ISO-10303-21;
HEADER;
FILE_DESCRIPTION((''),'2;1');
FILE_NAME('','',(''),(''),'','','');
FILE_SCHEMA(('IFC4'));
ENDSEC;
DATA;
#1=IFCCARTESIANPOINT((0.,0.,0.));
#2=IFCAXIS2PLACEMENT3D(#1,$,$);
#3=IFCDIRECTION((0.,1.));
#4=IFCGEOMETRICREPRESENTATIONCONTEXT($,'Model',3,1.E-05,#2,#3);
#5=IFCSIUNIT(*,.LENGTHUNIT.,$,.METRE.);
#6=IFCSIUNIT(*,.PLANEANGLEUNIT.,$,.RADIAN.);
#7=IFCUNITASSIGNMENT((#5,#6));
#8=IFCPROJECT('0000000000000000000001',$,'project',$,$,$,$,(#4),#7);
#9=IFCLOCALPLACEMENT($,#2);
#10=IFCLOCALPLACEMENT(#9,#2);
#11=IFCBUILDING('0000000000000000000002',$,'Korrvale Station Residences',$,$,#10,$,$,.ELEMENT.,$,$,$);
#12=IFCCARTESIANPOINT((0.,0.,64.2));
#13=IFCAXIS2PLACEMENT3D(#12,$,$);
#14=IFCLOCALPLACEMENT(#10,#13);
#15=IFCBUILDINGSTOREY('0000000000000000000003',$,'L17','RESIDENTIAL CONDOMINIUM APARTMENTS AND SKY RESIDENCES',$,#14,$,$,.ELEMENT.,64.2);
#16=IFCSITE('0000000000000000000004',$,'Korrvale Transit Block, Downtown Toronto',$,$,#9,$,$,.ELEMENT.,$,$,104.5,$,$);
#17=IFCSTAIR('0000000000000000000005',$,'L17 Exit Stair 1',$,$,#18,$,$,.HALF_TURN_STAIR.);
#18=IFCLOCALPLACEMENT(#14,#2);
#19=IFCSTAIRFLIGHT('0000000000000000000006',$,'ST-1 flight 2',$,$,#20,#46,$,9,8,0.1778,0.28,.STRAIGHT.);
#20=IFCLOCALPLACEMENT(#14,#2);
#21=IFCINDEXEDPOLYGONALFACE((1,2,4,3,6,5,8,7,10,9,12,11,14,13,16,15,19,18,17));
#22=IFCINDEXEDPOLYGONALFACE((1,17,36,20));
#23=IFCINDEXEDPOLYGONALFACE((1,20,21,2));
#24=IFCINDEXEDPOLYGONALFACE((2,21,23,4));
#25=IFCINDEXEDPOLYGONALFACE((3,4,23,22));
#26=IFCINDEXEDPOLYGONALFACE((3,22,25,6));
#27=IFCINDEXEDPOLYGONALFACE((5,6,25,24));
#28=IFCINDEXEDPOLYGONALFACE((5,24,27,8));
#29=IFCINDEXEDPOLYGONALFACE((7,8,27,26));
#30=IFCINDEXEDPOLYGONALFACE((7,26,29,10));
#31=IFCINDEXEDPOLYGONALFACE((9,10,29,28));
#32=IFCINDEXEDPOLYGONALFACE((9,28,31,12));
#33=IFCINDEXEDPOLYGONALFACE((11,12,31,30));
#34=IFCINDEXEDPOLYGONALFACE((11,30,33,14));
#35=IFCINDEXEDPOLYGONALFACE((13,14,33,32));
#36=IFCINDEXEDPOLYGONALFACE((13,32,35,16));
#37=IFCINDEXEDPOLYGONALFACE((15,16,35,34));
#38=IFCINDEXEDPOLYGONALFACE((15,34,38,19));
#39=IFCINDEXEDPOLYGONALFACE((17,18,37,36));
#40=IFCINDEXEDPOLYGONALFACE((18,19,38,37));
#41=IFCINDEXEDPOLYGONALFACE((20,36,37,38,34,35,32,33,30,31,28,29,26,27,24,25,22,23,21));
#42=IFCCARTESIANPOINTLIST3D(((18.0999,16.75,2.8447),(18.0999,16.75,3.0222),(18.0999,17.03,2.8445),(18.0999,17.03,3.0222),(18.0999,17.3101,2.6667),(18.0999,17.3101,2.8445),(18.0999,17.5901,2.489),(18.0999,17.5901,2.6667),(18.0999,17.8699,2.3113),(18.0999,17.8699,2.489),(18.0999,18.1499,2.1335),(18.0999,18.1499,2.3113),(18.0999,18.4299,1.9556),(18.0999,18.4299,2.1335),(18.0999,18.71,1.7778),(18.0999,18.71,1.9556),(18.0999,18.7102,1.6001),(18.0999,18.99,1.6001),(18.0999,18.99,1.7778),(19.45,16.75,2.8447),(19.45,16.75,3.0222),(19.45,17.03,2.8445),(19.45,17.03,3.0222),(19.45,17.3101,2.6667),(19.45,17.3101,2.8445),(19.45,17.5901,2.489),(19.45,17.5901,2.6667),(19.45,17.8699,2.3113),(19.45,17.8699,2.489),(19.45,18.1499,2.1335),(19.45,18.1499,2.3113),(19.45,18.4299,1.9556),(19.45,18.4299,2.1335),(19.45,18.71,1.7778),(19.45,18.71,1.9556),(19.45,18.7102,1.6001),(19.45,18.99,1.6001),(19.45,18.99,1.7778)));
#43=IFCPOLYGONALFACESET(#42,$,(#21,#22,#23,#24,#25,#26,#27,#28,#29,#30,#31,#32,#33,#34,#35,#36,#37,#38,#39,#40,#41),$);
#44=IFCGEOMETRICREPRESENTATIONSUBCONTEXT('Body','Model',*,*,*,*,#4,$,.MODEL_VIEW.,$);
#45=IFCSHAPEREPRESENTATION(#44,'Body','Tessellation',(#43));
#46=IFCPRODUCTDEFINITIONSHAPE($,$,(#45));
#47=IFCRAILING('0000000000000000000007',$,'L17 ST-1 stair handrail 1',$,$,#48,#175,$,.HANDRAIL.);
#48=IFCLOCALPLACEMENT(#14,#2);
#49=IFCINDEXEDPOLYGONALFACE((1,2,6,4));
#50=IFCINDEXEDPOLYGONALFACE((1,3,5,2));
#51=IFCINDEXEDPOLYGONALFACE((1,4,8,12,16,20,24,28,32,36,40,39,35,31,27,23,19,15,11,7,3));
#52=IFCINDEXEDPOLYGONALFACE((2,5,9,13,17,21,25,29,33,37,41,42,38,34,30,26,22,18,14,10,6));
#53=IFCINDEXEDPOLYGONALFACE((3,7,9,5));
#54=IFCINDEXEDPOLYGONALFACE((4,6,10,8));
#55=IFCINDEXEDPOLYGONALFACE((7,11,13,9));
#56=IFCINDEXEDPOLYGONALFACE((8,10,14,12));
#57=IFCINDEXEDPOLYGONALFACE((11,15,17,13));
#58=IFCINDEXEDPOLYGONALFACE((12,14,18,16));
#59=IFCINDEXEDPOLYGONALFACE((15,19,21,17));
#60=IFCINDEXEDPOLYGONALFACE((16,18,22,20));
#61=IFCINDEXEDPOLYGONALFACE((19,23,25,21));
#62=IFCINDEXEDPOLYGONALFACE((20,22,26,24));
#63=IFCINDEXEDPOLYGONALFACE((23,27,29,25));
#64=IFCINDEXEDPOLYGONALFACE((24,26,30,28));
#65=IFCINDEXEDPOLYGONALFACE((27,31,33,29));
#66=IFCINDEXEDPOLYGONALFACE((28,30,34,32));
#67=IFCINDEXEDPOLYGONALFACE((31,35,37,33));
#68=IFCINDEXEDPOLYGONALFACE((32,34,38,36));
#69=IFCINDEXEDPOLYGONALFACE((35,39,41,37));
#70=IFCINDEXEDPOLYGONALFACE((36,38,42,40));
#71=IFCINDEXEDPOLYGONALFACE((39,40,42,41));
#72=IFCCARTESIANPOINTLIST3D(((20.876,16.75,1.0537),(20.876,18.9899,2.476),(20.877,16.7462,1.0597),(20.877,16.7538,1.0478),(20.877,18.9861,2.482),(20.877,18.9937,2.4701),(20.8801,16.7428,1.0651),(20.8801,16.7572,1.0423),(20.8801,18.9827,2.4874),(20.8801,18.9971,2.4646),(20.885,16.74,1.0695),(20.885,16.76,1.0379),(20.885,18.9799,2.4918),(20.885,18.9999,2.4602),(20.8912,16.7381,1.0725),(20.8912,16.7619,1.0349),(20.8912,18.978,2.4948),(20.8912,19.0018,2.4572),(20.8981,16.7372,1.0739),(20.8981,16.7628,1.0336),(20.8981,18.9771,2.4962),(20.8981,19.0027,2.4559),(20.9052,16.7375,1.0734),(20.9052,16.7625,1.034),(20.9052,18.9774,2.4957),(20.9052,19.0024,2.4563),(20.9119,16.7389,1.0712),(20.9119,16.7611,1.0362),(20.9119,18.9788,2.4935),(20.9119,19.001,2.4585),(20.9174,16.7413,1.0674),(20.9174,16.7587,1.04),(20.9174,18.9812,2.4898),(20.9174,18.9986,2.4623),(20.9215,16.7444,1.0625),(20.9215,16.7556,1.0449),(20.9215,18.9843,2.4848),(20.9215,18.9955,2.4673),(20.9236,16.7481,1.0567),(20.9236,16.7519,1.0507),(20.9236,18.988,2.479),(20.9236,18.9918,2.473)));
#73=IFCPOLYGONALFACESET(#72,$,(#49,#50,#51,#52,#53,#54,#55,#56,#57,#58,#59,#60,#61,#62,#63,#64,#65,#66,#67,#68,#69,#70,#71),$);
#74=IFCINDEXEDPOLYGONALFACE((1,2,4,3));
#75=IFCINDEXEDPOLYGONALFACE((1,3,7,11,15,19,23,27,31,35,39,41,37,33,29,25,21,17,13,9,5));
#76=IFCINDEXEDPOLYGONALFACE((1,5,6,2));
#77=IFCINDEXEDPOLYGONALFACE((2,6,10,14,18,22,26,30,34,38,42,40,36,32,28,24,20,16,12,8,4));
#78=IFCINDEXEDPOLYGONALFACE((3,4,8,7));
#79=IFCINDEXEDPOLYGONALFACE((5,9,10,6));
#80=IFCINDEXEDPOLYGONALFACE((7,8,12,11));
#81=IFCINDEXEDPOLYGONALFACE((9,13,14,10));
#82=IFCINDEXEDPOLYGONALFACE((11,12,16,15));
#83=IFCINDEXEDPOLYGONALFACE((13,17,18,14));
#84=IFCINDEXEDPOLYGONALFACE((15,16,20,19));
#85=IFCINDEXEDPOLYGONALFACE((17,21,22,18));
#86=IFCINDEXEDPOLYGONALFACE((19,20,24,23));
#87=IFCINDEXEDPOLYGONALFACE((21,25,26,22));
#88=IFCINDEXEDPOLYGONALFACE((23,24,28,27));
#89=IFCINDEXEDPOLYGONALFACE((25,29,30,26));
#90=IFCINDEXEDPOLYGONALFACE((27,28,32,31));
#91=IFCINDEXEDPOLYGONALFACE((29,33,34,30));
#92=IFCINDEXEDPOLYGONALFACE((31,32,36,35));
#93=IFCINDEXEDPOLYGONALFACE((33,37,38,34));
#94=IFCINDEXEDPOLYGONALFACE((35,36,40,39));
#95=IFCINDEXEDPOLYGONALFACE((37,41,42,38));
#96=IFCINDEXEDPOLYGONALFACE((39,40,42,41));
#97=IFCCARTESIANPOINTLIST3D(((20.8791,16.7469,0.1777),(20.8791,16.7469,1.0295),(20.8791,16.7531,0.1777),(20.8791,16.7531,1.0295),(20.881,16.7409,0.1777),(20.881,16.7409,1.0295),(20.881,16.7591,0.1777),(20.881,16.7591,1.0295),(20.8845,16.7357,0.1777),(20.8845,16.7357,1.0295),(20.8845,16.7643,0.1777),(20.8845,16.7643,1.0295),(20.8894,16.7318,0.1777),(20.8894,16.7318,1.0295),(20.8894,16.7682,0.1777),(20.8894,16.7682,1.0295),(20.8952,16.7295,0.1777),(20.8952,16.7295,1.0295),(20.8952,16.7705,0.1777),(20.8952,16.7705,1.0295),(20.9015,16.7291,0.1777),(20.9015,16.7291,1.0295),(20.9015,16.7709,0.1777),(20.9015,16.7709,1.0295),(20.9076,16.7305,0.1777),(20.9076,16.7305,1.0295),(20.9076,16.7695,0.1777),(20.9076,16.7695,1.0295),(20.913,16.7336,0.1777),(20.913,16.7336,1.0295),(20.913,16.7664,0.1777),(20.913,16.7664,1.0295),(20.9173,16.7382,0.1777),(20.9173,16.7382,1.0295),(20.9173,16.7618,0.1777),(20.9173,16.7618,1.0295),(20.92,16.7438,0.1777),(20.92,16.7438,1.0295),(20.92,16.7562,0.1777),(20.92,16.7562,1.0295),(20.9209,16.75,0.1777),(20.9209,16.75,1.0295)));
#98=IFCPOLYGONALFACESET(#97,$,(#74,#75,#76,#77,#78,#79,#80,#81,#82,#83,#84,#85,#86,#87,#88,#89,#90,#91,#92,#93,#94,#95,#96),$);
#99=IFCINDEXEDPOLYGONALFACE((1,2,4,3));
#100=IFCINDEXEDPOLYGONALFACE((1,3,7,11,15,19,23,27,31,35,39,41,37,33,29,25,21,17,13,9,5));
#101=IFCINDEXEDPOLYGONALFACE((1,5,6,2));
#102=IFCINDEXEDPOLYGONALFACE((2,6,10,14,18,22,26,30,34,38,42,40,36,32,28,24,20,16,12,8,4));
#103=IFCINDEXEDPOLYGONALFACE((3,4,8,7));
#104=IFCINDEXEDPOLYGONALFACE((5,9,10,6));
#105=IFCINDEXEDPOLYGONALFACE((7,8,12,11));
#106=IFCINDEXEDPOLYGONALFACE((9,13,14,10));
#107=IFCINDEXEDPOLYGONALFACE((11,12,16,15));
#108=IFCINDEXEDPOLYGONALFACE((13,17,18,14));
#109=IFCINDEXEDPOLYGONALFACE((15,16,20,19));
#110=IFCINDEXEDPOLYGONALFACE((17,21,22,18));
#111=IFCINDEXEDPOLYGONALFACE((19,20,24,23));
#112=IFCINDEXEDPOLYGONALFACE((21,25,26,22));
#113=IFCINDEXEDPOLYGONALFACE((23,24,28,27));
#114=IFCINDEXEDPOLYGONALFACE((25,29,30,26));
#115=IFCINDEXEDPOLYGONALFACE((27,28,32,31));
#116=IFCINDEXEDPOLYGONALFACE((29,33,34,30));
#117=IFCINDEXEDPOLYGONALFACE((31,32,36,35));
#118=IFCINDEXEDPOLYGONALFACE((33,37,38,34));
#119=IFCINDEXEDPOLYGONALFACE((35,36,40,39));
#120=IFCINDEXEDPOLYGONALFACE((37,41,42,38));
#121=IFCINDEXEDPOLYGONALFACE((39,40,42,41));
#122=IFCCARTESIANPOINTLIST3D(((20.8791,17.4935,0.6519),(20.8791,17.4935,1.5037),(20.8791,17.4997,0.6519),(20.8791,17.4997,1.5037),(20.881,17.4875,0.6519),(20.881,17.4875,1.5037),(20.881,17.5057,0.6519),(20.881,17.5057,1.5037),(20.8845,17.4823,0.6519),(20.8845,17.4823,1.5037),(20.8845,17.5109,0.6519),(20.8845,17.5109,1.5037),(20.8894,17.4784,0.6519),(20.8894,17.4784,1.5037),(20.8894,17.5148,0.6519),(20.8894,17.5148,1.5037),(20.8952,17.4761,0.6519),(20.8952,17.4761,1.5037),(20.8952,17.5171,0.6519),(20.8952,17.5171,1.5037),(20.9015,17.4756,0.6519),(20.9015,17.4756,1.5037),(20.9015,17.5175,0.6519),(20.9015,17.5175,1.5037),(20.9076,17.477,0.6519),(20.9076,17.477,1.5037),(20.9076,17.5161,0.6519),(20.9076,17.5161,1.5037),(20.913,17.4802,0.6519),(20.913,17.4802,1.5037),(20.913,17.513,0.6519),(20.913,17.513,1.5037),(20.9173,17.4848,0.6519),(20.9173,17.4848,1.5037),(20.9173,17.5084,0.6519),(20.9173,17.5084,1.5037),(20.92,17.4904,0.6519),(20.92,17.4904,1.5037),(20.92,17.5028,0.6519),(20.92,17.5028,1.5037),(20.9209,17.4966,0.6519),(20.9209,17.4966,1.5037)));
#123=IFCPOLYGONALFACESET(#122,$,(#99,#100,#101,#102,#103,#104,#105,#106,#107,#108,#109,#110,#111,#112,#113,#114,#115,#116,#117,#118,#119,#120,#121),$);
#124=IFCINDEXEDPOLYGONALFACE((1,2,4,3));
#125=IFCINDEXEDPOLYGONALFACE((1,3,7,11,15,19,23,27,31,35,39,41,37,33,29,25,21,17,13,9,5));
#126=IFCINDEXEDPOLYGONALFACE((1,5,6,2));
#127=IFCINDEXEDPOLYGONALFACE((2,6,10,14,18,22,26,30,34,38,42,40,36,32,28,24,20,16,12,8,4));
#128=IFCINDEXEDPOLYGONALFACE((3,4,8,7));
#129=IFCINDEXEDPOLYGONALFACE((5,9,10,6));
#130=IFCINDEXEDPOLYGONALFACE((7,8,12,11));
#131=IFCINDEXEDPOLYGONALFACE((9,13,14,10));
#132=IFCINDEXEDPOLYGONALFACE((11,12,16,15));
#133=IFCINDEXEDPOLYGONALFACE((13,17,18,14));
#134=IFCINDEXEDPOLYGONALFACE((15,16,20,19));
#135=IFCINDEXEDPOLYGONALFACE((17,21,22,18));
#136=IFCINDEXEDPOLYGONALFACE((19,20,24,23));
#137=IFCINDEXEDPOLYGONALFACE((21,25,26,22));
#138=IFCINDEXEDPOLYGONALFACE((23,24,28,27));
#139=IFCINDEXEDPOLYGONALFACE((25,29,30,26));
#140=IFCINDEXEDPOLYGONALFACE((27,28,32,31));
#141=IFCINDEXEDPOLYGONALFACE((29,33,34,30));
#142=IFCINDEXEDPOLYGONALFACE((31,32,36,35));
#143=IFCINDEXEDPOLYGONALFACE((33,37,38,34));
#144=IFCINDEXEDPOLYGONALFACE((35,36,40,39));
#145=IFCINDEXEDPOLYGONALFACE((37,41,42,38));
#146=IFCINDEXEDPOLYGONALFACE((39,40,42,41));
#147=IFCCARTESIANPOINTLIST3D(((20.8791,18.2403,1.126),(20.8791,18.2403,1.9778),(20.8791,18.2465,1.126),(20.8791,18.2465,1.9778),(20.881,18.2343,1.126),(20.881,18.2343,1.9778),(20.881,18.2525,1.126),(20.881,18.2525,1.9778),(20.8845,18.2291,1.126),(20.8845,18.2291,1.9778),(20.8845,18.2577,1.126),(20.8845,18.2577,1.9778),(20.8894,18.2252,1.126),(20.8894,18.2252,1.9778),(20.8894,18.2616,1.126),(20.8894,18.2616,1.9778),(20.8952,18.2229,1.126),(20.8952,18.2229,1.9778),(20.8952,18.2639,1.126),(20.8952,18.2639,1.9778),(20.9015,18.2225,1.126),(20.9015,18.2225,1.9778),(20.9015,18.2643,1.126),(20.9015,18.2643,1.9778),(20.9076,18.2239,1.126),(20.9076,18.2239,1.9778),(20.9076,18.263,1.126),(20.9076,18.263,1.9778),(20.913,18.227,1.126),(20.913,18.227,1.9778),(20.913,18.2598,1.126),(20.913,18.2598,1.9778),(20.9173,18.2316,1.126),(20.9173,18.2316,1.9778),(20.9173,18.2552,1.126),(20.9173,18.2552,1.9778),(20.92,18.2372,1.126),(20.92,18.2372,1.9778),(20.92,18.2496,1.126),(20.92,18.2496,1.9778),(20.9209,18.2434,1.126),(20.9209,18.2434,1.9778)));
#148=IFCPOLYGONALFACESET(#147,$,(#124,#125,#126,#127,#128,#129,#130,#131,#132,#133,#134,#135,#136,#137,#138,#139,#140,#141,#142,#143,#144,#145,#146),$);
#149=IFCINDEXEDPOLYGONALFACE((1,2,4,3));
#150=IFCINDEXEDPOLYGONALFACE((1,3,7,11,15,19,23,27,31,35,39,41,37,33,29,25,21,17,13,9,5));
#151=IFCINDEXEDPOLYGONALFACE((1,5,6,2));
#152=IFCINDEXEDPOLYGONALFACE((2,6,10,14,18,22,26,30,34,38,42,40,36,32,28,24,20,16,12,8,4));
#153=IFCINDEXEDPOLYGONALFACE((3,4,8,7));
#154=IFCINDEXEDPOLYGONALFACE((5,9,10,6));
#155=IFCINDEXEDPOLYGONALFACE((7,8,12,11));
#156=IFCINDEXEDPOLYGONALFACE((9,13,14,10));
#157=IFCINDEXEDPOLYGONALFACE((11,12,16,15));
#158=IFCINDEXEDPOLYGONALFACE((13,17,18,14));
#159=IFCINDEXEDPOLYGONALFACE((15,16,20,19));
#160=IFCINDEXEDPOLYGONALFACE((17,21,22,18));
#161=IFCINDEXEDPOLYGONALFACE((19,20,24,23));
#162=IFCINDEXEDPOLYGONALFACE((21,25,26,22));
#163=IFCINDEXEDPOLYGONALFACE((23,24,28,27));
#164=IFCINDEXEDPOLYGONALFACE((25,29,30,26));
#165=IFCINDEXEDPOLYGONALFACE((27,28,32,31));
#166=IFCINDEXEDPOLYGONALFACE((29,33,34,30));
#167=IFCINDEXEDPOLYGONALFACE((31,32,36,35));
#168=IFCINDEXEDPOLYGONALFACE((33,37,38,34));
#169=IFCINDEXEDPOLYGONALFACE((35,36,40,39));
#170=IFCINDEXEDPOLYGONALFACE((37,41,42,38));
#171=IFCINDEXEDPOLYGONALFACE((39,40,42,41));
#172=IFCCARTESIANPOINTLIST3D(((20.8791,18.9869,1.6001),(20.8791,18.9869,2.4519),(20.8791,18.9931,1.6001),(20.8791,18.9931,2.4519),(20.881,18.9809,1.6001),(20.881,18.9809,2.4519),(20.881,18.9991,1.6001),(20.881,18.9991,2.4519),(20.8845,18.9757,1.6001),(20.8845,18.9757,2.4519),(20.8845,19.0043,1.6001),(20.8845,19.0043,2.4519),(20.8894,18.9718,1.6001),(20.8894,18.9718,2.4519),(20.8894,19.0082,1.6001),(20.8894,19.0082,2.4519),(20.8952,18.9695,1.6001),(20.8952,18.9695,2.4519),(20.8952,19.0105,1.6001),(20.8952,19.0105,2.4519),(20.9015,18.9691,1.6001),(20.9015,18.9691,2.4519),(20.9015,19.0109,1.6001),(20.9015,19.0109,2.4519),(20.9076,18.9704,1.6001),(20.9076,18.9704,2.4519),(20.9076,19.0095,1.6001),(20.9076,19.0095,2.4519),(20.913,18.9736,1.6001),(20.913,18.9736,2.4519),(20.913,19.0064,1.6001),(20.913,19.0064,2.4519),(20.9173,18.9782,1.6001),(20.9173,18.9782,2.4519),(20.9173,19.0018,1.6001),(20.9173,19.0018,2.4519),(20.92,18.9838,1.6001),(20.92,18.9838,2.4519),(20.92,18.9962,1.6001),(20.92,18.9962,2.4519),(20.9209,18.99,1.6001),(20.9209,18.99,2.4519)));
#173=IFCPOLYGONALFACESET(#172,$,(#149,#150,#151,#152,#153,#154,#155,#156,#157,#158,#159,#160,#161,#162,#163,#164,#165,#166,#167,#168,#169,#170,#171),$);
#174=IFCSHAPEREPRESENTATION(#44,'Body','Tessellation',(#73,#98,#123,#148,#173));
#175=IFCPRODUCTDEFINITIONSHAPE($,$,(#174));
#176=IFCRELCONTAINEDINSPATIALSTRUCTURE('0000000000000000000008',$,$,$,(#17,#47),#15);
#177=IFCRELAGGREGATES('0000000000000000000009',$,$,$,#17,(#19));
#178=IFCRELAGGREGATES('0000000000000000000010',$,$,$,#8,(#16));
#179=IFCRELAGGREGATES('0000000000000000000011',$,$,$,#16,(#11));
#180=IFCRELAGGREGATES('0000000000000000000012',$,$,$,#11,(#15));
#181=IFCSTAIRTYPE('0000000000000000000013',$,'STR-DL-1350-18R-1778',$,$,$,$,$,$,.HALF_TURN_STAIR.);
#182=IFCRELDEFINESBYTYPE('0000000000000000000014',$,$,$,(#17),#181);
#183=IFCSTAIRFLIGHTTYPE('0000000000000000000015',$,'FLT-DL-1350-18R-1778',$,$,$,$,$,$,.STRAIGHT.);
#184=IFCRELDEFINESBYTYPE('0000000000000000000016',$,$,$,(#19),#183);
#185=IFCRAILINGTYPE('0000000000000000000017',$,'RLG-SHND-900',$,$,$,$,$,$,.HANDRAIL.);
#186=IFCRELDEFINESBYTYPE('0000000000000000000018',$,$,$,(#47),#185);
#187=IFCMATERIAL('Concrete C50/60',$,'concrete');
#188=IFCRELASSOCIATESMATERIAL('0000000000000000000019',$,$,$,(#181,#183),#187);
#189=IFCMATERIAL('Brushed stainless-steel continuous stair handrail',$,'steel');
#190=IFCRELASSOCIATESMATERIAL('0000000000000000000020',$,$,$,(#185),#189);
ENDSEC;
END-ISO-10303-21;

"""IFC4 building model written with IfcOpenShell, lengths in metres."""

from ifc_helpers import new_model, si_unit, direction, frame, origin, origin_2d, place, context, subcontext, project, spatial, polyline, circle, outline, extrude, material, type_object, element, aggregate, save


model = new_model("IFC4")

# Units and contexts
model_context = context("Model", 3, precision=1e-05, world=origin(), true_north=direction((0.0, 1.0)))
body_context = subcontext(model_context, "Body", "Model", "MODEL_VIEW")
ifc_project = project(units=[si_unit("LENGTHUNIT", "METRE"), si_unit("PLANEANGLEUNIT", "RADIAN")], contexts=[model_context])

# Site, building, storey
site_placement = place(None, origin())
site = spatial("IfcSite", under=ifc_project, at=site_placement, Name="Korrvale Transit Block, Downtown Toronto", CompositionType="ELEMENT", RefElevation=104.5)
building_placement = place(site_placement, origin())
building = spatial("IfcBuilding", under=site, at=building_placement, Name="Korrvale Station Residences", CompositionType="ELEMENT")
storey_placement = place(building_placement, frame((0.0, 0.0, 64.2)))
storey = spatial("IfcBuildingStorey", under=building, at=storey_placement, Name="L17", Description="RESIDENTIAL CONDOMINIUM APARTMENTS AND SKY RESIDENCES", CompositionType="ELEMENT", Elevation=64.2)

# Stair, stair flight
ifc_material_1 = material(Name="Concrete C50/60", Category="concrete")
stair_type = type_object("IfcStairType", Name="STR-DL-1350-18R-1778", PredefinedType="HALF_TURN_STAIR", material=ifc_material_1)
stair_placement = place(storey_placement, origin())
stair = element("IfcStair", 1, at=stair_placement, inside=storey, type_object=stair_type, Name="L17 Exit Stair 1", PredefinedType="HALF_TURN_STAIR")
stair_flight_type = type_object("IfcStairFlightType", Name="FLT-DL-1350-18R-1778", PredefinedType="STRAIGHT", material=ifc_material_1)
stair_flight_1_placement = place(storey_placement, frame((18.7749, 18.99, 1.6001), z_axis=(0.0, 0.0, 1.0), x_axis=(0.0, -1.0, 0.0)))
stair_flight_1 = element("IfcStairFlight", 2, at=stair_flight_1_placement, type_object=stair_flight_type, Name="ST-1 flight 2", NumberOfRisers=9, NumberOfTreads=8, PredefinedType="STRAIGHT", RiserHeight=0.1778, TreadLength=0.28, context=body_context, shape_type="SweptSolid", body=[
    extrude(outline(polyline([(0.0, 0.0), (0.0, 0.1777), (0.28, 0.1777), (0.28, 0.3555), (0.5601, 0.3555), (0.5601, 0.5334), (0.8401, 0.5334), (0.8401, 0.7112), (1.1201, 0.7112), (1.1201, 0.8889), (1.3999, 0.8889), (1.3999, 1.0667), (1.6799, 1.0667), (1.6799, 1.2444), (1.96, 1.2444), (1.96, 1.4221), (2.24, 1.4221), (2.24, 1.6001), (2.24, 1.2446), (0.2798, 0.0), (0.0, 0.0)])), frame((0.0, 0.675, 0.0), z_axis=(0.0, -1.0, 0.0), x_axis=(1.0, 0.0, 0.0)), (0.0, 0.0, 1.0), 1.3501),
])
aggregate(stair, [stair_flight_1])

# Railing
ifc_material_2 = material(Name="Brushed stainless-steel continuous stair handrail", Category="steel")
railing_type_1 = type_object("IfcRailingType", Name="RLG-SHND-900", PredefinedType="HANDRAIL", material=ifc_material_2)
railing_1_placement = place(storey_placement, frame((20.8999, 16.75, 0.1777)))
element("IfcRailing", 3, at=railing_1_placement, inside=storey, type_object=railing_type_1, Name="L17 ST-1 stair handrail 1", PredefinedType="HANDRAIL", context=body_context, shape_type="SweptSolid", body=[
    extrude(circle(Radius=0.0239, at=origin_2d()), frame((0.0, 0.0, 0.876), z_axis=(0.0, 0.844188, 0.536048), x_axis=(-1.0, 0.0, 0.0)), (0.0, 0.0, 1.0), 2.6533),
    extrude(circle(Radius=0.021, at=origin_2d()), origin(), (0.0, 0.0, 1.0), 0.8518),
    extrude(circle(Radius=0.021, at=origin_2d()), frame((0.0, 0.7466, 0.4741)), (0.0, 0.0, 1.0), 0.8518),
    extrude(circle(Radius=0.021, at=origin_2d()), frame((0.0, 1.4934, 0.9482)), (0.0, 0.0, 1.0), 0.8518),
    extrude(circle(Radius=0.021, at=origin_2d()), frame((0.0, 2.24, 1.4224)), (0.0, 0.0, 1.0), 0.8518),
])

save(model, "model.ifc")
